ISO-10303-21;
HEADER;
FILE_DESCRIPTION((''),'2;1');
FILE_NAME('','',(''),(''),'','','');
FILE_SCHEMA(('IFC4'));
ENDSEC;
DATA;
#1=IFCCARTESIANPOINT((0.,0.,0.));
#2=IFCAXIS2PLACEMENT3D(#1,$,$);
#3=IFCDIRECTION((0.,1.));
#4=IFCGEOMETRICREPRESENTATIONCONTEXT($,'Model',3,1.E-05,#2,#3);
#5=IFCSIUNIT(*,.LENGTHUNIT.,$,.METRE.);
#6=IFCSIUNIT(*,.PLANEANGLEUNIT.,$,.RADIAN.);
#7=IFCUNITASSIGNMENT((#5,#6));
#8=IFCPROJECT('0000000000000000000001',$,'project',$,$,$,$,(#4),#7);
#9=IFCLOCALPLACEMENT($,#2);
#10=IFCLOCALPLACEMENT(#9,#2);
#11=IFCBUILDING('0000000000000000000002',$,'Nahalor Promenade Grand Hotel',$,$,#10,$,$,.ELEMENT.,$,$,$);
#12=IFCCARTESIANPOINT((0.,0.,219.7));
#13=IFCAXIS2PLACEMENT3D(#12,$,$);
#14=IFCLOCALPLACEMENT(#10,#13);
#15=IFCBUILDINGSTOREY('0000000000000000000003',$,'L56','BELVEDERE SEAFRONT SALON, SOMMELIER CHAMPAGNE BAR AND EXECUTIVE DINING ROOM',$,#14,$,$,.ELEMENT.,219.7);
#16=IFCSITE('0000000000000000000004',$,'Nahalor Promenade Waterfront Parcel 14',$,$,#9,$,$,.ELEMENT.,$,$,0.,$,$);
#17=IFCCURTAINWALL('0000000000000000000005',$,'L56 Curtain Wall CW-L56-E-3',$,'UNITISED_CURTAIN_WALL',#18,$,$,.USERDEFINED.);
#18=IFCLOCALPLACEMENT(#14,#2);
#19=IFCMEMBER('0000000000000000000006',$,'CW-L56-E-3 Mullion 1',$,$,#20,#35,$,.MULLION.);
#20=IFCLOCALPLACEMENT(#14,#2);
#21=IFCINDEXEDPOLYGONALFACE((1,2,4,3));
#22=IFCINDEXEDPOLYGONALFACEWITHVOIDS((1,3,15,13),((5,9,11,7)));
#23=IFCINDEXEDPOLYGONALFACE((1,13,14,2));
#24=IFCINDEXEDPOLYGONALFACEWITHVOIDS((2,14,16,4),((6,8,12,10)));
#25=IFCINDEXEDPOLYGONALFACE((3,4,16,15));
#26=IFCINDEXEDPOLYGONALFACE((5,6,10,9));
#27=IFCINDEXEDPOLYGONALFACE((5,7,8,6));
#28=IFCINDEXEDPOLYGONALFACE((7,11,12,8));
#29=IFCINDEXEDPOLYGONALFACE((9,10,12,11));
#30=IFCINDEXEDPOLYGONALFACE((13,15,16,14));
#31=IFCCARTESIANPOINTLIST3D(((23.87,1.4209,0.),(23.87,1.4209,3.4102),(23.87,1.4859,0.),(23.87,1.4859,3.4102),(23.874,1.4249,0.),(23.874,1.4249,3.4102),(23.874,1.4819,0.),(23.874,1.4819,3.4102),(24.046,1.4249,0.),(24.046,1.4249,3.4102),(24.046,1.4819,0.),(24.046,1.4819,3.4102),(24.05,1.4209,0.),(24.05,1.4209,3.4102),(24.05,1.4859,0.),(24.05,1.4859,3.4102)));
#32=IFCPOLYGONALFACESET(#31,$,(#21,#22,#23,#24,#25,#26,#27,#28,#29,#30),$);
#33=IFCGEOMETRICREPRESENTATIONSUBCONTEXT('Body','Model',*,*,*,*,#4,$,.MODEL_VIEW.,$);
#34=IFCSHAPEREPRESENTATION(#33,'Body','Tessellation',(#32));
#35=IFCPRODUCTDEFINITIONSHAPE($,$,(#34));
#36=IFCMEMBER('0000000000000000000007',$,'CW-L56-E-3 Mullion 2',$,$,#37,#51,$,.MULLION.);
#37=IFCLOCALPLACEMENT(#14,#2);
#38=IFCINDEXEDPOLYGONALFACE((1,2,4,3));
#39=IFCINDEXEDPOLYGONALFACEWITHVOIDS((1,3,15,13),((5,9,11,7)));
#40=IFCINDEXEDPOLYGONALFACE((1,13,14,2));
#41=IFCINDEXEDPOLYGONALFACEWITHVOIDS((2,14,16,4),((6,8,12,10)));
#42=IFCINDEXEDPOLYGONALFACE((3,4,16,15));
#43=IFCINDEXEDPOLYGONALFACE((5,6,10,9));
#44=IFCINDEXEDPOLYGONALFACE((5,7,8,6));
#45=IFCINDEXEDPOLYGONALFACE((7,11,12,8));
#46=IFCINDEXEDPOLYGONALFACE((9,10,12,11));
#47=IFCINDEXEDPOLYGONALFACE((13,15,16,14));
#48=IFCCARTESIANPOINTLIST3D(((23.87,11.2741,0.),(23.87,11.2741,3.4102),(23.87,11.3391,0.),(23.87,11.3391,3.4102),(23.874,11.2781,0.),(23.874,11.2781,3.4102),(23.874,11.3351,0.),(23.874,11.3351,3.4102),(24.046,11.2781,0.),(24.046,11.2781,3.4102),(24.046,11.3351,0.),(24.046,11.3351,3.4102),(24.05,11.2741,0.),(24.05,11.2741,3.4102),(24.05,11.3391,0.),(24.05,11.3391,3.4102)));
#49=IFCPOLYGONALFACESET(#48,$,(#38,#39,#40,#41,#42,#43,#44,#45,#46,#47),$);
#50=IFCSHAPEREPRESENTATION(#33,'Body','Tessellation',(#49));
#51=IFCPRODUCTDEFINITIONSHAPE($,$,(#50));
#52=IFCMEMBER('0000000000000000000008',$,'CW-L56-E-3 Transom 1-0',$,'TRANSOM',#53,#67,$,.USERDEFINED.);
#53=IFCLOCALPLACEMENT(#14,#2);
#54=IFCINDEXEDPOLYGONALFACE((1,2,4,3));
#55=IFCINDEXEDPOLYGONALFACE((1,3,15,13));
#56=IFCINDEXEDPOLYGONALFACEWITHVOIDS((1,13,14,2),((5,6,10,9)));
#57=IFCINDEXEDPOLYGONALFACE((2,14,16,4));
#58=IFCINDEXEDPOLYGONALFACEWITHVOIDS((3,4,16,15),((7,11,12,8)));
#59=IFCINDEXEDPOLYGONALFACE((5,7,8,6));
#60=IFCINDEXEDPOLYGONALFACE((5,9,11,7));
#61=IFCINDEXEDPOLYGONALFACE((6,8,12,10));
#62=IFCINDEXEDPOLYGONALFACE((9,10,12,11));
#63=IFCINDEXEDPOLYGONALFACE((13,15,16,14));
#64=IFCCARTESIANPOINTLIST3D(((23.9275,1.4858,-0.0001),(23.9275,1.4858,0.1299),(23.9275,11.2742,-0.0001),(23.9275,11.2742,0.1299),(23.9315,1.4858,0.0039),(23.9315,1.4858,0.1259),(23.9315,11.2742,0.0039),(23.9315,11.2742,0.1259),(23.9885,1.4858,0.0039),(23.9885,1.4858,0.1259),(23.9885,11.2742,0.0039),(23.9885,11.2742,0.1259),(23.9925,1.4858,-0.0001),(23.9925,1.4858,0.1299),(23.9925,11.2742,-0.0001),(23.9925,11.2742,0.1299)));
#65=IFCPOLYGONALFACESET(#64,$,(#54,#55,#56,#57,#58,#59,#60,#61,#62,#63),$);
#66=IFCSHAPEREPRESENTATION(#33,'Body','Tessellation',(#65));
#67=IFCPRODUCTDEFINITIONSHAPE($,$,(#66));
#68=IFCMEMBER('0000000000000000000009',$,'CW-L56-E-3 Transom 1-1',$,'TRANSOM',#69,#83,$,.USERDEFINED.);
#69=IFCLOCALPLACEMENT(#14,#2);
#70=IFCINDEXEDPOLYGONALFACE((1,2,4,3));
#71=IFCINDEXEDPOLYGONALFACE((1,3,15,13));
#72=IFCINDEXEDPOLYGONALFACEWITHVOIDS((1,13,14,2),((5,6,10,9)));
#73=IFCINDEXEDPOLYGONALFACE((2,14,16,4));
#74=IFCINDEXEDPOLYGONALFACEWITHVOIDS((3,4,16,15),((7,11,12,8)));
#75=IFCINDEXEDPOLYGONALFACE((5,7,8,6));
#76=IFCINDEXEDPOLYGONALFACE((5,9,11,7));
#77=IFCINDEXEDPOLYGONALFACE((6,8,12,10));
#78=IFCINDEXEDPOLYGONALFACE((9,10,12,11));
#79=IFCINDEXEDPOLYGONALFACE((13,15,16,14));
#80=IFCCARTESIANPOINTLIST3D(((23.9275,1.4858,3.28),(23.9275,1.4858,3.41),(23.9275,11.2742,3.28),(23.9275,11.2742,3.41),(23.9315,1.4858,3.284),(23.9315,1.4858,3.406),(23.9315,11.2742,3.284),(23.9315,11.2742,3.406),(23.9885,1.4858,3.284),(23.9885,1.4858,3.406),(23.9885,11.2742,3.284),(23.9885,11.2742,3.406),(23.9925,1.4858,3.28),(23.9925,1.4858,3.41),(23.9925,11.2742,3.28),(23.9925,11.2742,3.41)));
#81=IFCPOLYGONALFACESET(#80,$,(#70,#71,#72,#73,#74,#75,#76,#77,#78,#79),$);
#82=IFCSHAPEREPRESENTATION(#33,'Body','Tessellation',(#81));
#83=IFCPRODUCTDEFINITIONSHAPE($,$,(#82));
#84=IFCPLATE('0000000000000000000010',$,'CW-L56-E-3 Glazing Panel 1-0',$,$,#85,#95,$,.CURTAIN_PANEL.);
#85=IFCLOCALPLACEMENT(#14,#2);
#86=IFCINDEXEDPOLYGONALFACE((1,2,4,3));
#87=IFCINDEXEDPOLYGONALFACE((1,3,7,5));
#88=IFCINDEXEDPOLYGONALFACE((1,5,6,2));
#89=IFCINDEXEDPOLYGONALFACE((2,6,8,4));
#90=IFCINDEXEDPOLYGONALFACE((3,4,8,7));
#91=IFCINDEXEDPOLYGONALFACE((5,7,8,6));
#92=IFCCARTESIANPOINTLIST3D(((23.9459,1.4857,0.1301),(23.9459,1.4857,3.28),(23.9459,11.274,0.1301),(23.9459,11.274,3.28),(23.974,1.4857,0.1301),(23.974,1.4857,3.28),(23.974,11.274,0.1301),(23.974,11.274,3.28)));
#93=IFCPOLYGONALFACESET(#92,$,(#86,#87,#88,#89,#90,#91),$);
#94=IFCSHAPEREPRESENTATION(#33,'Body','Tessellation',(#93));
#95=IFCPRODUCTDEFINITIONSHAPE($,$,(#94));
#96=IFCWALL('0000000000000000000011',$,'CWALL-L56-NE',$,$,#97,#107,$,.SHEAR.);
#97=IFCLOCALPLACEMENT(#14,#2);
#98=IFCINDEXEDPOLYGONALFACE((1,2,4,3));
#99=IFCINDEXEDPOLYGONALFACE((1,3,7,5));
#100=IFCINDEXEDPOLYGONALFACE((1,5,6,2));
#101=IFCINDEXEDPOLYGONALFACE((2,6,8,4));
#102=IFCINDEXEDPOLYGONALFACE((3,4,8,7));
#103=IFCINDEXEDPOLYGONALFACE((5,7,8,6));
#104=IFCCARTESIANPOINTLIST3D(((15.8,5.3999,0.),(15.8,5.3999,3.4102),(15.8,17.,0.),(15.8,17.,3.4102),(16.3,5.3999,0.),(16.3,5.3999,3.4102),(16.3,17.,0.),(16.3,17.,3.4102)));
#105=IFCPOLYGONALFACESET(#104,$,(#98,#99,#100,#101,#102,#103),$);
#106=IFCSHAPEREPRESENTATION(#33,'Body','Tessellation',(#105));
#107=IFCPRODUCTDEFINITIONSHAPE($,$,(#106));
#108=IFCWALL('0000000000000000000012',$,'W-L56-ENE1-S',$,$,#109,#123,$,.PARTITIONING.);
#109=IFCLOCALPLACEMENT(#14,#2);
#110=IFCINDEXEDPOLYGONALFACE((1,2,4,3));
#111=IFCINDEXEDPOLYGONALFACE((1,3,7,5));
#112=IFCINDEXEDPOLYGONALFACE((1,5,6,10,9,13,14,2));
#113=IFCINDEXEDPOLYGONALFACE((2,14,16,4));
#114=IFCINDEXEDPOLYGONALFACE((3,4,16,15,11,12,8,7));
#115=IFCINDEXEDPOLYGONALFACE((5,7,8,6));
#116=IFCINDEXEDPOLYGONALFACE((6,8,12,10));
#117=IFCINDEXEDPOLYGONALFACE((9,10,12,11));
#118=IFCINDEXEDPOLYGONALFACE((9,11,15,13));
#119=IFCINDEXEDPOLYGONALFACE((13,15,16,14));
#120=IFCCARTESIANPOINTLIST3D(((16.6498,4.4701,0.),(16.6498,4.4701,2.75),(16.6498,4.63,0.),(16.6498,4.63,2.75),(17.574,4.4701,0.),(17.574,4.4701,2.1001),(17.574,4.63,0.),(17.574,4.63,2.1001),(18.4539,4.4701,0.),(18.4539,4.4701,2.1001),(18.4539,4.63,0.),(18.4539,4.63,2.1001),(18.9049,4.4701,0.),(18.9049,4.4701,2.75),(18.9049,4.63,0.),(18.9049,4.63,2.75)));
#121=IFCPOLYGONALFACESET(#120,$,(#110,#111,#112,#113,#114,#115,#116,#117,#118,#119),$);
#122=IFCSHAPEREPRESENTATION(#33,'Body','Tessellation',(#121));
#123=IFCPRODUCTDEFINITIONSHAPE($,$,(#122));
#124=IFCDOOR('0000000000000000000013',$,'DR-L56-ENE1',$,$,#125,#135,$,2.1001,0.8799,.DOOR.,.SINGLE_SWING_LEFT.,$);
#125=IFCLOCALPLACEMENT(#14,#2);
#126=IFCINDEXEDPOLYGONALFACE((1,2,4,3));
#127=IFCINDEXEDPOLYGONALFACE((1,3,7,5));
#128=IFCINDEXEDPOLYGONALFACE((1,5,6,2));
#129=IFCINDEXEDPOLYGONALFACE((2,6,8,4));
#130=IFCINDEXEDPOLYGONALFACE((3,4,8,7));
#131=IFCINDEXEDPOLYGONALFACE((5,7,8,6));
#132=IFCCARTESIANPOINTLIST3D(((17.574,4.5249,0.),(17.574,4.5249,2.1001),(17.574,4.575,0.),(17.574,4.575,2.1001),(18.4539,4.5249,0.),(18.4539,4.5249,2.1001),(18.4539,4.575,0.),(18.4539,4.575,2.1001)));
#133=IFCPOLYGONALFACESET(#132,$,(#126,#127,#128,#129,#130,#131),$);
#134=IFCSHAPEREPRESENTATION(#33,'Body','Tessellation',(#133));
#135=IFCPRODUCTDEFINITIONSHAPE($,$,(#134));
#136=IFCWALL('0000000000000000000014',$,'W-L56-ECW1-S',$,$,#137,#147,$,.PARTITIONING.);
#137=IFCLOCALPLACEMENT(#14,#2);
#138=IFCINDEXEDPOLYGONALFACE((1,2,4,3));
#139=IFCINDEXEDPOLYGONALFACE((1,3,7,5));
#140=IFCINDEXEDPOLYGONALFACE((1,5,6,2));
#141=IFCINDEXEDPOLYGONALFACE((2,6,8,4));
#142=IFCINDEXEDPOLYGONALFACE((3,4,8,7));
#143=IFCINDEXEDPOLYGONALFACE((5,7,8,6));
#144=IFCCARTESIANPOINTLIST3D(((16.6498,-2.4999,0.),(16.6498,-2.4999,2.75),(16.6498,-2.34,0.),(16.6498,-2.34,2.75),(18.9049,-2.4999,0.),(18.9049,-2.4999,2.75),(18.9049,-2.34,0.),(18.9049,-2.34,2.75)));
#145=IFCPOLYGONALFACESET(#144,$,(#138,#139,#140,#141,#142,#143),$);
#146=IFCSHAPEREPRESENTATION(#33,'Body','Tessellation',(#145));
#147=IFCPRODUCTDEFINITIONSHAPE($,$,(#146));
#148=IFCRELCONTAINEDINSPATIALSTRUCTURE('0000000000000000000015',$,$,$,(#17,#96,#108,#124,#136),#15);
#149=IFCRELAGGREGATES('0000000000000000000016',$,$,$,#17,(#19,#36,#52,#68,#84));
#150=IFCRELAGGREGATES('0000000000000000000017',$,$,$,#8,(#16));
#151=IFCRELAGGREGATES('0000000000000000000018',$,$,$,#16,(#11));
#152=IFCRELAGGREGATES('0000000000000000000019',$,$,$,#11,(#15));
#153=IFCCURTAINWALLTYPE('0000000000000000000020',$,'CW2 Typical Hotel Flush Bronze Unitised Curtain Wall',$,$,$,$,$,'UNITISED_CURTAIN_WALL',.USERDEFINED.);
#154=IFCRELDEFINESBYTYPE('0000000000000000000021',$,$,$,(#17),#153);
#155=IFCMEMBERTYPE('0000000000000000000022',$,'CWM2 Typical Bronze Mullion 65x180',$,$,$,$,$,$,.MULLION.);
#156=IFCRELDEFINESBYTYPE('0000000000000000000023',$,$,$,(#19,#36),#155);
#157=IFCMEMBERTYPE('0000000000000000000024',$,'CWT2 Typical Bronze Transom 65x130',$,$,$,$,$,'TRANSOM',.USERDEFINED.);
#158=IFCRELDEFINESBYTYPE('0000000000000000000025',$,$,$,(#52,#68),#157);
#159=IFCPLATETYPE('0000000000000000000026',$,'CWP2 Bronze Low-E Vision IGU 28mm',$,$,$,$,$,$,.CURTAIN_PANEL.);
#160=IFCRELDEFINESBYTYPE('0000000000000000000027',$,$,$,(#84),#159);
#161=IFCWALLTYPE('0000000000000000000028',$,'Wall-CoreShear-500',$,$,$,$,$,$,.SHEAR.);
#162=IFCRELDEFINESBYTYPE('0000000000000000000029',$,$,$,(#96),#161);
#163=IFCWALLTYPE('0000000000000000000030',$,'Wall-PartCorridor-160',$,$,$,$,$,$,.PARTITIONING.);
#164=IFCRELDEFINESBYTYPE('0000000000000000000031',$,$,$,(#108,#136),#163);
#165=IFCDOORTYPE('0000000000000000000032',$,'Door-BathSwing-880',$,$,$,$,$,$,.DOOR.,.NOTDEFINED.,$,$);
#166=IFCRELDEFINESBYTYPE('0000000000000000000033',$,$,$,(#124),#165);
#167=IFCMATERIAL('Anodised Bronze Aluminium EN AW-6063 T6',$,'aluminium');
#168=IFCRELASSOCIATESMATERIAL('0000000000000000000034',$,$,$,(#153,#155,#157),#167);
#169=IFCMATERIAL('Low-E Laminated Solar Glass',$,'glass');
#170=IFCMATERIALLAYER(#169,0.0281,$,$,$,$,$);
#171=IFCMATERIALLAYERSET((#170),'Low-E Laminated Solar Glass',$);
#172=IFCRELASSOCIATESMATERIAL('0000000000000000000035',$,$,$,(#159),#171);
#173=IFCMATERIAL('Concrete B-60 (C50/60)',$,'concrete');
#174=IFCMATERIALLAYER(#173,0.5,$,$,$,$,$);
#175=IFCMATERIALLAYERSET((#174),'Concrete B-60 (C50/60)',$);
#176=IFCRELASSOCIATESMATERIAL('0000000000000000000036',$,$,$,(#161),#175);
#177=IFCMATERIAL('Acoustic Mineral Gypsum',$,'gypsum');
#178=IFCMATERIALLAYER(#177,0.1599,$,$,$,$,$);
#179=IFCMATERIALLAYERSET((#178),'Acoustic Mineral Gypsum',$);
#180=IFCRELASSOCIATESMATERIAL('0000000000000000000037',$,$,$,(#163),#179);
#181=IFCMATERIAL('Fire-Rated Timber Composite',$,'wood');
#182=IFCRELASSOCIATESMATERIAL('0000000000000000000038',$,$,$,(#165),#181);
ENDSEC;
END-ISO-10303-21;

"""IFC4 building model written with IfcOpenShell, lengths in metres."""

from ifc_helpers import new_model, si_unit, direction, frame, frame_2d, origin, origin_2d, place, context, subcontext, project, spatial, rectangle, hollow_rectangle, extrude, source, transform, mapped, material, layer, layer_set, material_profile, profile_set, type_object, element, fill, aggregate, save


model = new_model("IFC4")

# Units and contexts
model_context = context("Model", 3, precision=1e-05, world=origin(), true_north=direction((0.0, 1.0)))
body_context = subcontext(model_context, "Body", "Model", "MODEL_VIEW")
ifc_project = project(units=[si_unit("LENGTHUNIT", "METRE"), si_unit("PLANEANGLEUNIT", "RADIAN")], contexts=[model_context])

# Site, building, storey
site_placement = place(None, origin())
site = spatial("IfcSite", under=ifc_project, at=site_placement, Name="Nahalor Promenade Waterfront Parcel 14", CompositionType="ELEMENT", RefElevation=0.0)
building_placement = place(site_placement, origin())
building = spatial("IfcBuilding", under=site, at=building_placement, Name="Nahalor Promenade Grand Hotel", CompositionType="ELEMENT")
storey_placement = place(building_placement, frame((0.0, 0.0, 219.7)))
storey = spatial("IfcBuildingStorey", under=building, at=storey_placement, Name="L56", Description="BELVEDERE SEAFRONT SALON, SOMMELIER CHAMPAGNE BAR AND EXECUTIVE DINING ROOM", CompositionType="ELEMENT", Elevation=219.7)

# Curtain wall, members, plate
ifc_material_1 = material(Name="Anodised Bronze Aluminium EN AW-6063 T6", Category="aluminium")
curtain_wall_type = type_object("IfcCurtainWallType", Name="CW2 Typical Hotel Flush Bronze Unitised Curtain Wall", ElementType="UNITISED_CURTAIN_WALL", PredefinedType="USERDEFINED", material=ifc_material_1)
curtain_wall_placement = place(storey_placement, origin())
curtain_wall = element("IfcCurtainWall", 1, at=curtain_wall_placement, inside=storey, type_object=curtain_wall_type, Name="L56 Curtain Wall CW-L56-E-3", ObjectType="UNITISED_CURTAIN_WALL", PredefinedType="USERDEFINED")
ifc_material_profile_1 = material_profile(ifc_material_1, hollow_rectangle(XDim=0.065, YDim=0.18, WallThickness=0.004, at=origin_2d()), Name="CWM 65x180x4")
ifc_profile_set_1 = profile_set([ifc_material_profile_1], Name="Anodised Bronze Aluminium EN AW-6063 T6")
member_type_1 = type_object("IfcMemberType", Name="CWM2 Typical Bronze Mullion 65x180", PredefinedType="MULLION", material=ifc_profile_set_1)
shared_shape_1 = source(origin(), body_context, "Body", "SweptSolid", [
    extrude(hollow_rectangle(XDim=0.065, YDim=0.18, WallThickness=0.004, at=origin_2d()), origin(), (0.0, 0.0, 1.0), 3.4102),
])
member_1_placement = place(storey_placement, frame((23.96, 1.4534, 0.0), z_axis=(0.0, 0.0, 1.0), x_axis=(0.0, 1.0, 0.0)))
member_1 = element("IfcMember", 2, at=member_1_placement, type_object=member_type_1, Name="CW-L56-E-3 Mullion 1", PredefinedType="MULLION", context=body_context, shape_type="MappedRepresentation", body=[
    mapped(shared_shape_1, transform((0.0, 0.0, 0.0), scale=1.0)),
])
member_2_placement = place(storey_placement, frame((23.96, 11.3066, 0.0), z_axis=(0.0, 0.0, 1.0), x_axis=(0.0, 1.0, 0.0)))
member_2 = element("IfcMember", 3, at=member_2_placement, type_object=member_type_1, Name="CW-L56-E-3 Mullion 2", PredefinedType="MULLION", context=body_context, shape_type="MappedRepresentation", body=[
    mapped(shared_shape_1, transform((0.0, 0.0, 0.0), scale=1.0)),
])
ifc_material_profile_2 = material_profile(ifc_material_1, hollow_rectangle(XDim=0.065, YDim=0.13, WallThickness=0.004, at=origin_2d()), Name="CWT 65x130x4")
ifc_profile_set_2 = profile_set([ifc_material_profile_2], Name="Anodised Bronze Aluminium EN AW-6063 T6")
member_type_2 = type_object("IfcMemberType", Name="CWT2 Typical Bronze Transom 65x130", ElementType="TRANSOM", PredefinedType="USERDEFINED", material=ifc_profile_set_2)
shared_shape_2 = source(origin(), body_context, "Body", "SweptSolid", [
    extrude(hollow_rectangle(XDim=0.065, YDim=0.13, WallThickness=0.004, at=origin_2d()), origin(), (0.0, 0.0, 1.0), 9.7883),
])
member_3_placement = place(storey_placement, frame((23.96, 1.4858, 0.0649), z_axis=(0.0, 1.0, 0.0), x_axis=(-1.0, 0.0, 0.0)))
member_3 = element("IfcMember", 4, at=member_3_placement, type_object=member_type_2, Name="CW-L56-E-3 Transom 1-0", ObjectType="TRANSOM", PredefinedType="USERDEFINED", context=body_context, shape_type="MappedRepresentation", body=[
    mapped(shared_shape_2, transform((0.0, 0.0, 0.0), scale=1.0)),
])
member_4_placement = place(storey_placement, frame((23.96, 1.4858, 3.345), z_axis=(0.0, 1.0, 0.0), x_axis=(-1.0, 0.0, 0.0)))
member_4 = element("IfcMember", 5, at=member_4_placement, type_object=member_type_2, Name="CW-L56-E-3 Transom 1-1", ObjectType="TRANSOM", PredefinedType="USERDEFINED", context=body_context, shape_type="MappedRepresentation", body=[
    mapped(shared_shape_2, transform((0.0, 0.0, 0.0), scale=1.0)),
])
ifc_material_2 = material(Name="Low-E Laminated Solar Glass", Category="glass")
ifc_layer_1 = layer(ifc_material_2, 0.0281)
ifc_layer_set_1 = layer_set([ifc_layer_1], Name="Low-E Laminated Solar Glass")
plate_type = type_object("IfcPlateType", Name="CWP2 Bronze Low-E Vision IGU 28mm", PredefinedType="CURTAIN_PANEL", material=ifc_layer_set_1)
shared_shape_3 = source(origin(), body_context, "Body", "SweptSolid", [
    extrude(rectangle(XDim=9.7883, YDim=0.0281, at=origin_2d()), origin(), (0.0, 0.0, 1.0), 3.1499),
])
plate_placement = place(storey_placement, frame((23.96, 6.3799, 0.1301), z_axis=(0.0, 0.0, 1.0), x_axis=(0.0, 1.0, 0.0)))
plate = element("IfcPlate", 6, at=plate_placement, type_object=plate_type, Name="CW-L56-E-3 Glazing Panel 1-0", PredefinedType="CURTAIN_PANEL", context=body_context, shape_type="MappedRepresentation", body=[
    mapped(shared_shape_3, transform((0.0, 0.0, 0.0), scale=1.0)),
])
aggregate(curtain_wall, [member_1, member_2, member_3, member_4, plate])

# Wall
ifc_material_3 = material(Name="Concrete B-60 (C50/60)", Category="concrete")
ifc_layer_2 = layer(ifc_material_3, 0.5)
ifc_layer_set_2 = layer_set([ifc_layer_2], Name="Concrete B-60 (C50/60)")
wall_type_1 = type_object("IfcWallType", Name="Wall-CoreShear-500", PredefinedType="SHEAR", material=ifc_layer_set_2)
shared_shape_4 = source(origin(), body_context, "Body", "SweptSolid", [
    extrude(rectangle(XDim=11.6001, YDim=0.5, at=frame_2d((5.8, 0.0))), origin(), (0.0, 0.0, 1.0), 3.4102),
])
wall_1_placement = place(storey_placement, frame((16.05, 5.3999, 0.0), z_axis=(0.0, 0.0, 1.0), x_axis=(0.0, 1.0, 0.0)))
element("IfcWall", 7, at=wall_1_placement, inside=storey, type_object=wall_type_1, Name="CWALL-L56-NE", PredefinedType="SHEAR", context=body_context, shape_type="MappedRepresentation", body=[
    mapped(shared_shape_4, transform((0.0, 0.0, 0.0), scale=1.0)),
])

# Wall, opening, door
ifc_material_4 = material(Name="Acoustic Mineral Gypsum", Category="gypsum")
ifc_layer_3 = layer(ifc_material_4, 0.1599)
ifc_layer_set_3 = layer_set([ifc_layer_3], Name="Acoustic Mineral Gypsum")
wall_type_2 = type_object("IfcWallType", Name="Wall-PartCorridor-160", PredefinedType="PARTITIONING", material=ifc_layer_set_3)
shared_shape_5 = source(origin(), body_context, "Body", "SweptSolid", [
    extrude(rectangle(XDim=2.2551, YDim=0.1599, at=frame_2d((1.1274, 0.0))), origin(), (0.0, 0.0, 1.0), 2.75),
])
wall_2_placement = place(storey_placement, frame((16.6499, 4.55, 0.0), z_axis=(0.0, 0.0, 1.0), x_axis=(1.0, 0.0, 0.0)))
wall_2 = element("IfcWall", 8, at=wall_2_placement, inside=storey, type_object=wall_type_2, Name="W-L56-ENE1-S", PredefinedType="PARTITIONING", context=body_context, shape_type="MappedRepresentation", body=[
    mapped(shared_shape_5, transform((0.0, 0.0, 0.0), scale=1.0)),
])
opening_1_placement = place(wall_2_placement, frame((0.9241, 0.0, 0.0)))
opening_1 = element("IfcOpeningElement", 9, at=opening_1_placement, cuts=wall_2, PredefinedType="OPENING", context=body_context, shape_type="SweptSolid", body=[
    extrude(rectangle(XDim=0.8799, YDim=2.1001, at=frame_2d((0.4399, 1.05))), frame((0.0, 0.0898, 0.0), z_axis=(0.0, -1.0, 0.0), x_axis=(1.0, 0.0, 0.0)), (0.0, 0.0, 1.0), 0.1799),
])
ifc_material_5 = material(Name="Fire-Rated Timber Composite", Category="wood")
door_type = type_object("IfcDoorType", Name="Door-BathSwing-880", OperationType="NOTDEFINED", PredefinedType="DOOR", material=ifc_material_5)
shared_shape_6 = source(origin(), body_context, "Body", "SweptSolid", [
    extrude(rectangle(XDim=0.8799, YDim=2.1001, at=frame_2d((0.4399, 1.05))), frame((0.0, 0.0249, 0.0), z_axis=(0.0, -1.0, 0.0), x_axis=(1.0, 0.0, 0.0)), (0.0, 0.0, 1.0), 0.05),
])
door_1_placement = place(opening_1_placement, origin())
door_1 = element("IfcDoor", 10, at=door_1_placement, inside=storey, type_object=door_type, Name="DR-L56-ENE1", OperationType="SINGLE_SWING_LEFT", OverallHeight=2.1001, OverallWidth=0.8799, PredefinedType="DOOR", context=body_context, shape_type="MappedRepresentation", body=[
    mapped(shared_shape_6, transform((0.0, 0.0, 0.0), scale=1.0)),
])
fill(opening_1, door_1)

# Wall
wall_3_placement = place(storey_placement, frame((16.6499, -2.4199, 0.0), z_axis=(0.0, 0.0, 1.0), x_axis=(1.0, 0.0, 0.0)))
element("IfcWall", 11, at=wall_3_placement, inside=storey, type_object=wall_type_2, Name="W-L56-ECW1-S", PredefinedType="PARTITIONING", context=body_context, shape_type="MappedRepresentation", body=[
    mapped(shared_shape_5, transform((0.0, 0.0, 0.0), scale=1.0)),
])

save(model, "model.ifc")
